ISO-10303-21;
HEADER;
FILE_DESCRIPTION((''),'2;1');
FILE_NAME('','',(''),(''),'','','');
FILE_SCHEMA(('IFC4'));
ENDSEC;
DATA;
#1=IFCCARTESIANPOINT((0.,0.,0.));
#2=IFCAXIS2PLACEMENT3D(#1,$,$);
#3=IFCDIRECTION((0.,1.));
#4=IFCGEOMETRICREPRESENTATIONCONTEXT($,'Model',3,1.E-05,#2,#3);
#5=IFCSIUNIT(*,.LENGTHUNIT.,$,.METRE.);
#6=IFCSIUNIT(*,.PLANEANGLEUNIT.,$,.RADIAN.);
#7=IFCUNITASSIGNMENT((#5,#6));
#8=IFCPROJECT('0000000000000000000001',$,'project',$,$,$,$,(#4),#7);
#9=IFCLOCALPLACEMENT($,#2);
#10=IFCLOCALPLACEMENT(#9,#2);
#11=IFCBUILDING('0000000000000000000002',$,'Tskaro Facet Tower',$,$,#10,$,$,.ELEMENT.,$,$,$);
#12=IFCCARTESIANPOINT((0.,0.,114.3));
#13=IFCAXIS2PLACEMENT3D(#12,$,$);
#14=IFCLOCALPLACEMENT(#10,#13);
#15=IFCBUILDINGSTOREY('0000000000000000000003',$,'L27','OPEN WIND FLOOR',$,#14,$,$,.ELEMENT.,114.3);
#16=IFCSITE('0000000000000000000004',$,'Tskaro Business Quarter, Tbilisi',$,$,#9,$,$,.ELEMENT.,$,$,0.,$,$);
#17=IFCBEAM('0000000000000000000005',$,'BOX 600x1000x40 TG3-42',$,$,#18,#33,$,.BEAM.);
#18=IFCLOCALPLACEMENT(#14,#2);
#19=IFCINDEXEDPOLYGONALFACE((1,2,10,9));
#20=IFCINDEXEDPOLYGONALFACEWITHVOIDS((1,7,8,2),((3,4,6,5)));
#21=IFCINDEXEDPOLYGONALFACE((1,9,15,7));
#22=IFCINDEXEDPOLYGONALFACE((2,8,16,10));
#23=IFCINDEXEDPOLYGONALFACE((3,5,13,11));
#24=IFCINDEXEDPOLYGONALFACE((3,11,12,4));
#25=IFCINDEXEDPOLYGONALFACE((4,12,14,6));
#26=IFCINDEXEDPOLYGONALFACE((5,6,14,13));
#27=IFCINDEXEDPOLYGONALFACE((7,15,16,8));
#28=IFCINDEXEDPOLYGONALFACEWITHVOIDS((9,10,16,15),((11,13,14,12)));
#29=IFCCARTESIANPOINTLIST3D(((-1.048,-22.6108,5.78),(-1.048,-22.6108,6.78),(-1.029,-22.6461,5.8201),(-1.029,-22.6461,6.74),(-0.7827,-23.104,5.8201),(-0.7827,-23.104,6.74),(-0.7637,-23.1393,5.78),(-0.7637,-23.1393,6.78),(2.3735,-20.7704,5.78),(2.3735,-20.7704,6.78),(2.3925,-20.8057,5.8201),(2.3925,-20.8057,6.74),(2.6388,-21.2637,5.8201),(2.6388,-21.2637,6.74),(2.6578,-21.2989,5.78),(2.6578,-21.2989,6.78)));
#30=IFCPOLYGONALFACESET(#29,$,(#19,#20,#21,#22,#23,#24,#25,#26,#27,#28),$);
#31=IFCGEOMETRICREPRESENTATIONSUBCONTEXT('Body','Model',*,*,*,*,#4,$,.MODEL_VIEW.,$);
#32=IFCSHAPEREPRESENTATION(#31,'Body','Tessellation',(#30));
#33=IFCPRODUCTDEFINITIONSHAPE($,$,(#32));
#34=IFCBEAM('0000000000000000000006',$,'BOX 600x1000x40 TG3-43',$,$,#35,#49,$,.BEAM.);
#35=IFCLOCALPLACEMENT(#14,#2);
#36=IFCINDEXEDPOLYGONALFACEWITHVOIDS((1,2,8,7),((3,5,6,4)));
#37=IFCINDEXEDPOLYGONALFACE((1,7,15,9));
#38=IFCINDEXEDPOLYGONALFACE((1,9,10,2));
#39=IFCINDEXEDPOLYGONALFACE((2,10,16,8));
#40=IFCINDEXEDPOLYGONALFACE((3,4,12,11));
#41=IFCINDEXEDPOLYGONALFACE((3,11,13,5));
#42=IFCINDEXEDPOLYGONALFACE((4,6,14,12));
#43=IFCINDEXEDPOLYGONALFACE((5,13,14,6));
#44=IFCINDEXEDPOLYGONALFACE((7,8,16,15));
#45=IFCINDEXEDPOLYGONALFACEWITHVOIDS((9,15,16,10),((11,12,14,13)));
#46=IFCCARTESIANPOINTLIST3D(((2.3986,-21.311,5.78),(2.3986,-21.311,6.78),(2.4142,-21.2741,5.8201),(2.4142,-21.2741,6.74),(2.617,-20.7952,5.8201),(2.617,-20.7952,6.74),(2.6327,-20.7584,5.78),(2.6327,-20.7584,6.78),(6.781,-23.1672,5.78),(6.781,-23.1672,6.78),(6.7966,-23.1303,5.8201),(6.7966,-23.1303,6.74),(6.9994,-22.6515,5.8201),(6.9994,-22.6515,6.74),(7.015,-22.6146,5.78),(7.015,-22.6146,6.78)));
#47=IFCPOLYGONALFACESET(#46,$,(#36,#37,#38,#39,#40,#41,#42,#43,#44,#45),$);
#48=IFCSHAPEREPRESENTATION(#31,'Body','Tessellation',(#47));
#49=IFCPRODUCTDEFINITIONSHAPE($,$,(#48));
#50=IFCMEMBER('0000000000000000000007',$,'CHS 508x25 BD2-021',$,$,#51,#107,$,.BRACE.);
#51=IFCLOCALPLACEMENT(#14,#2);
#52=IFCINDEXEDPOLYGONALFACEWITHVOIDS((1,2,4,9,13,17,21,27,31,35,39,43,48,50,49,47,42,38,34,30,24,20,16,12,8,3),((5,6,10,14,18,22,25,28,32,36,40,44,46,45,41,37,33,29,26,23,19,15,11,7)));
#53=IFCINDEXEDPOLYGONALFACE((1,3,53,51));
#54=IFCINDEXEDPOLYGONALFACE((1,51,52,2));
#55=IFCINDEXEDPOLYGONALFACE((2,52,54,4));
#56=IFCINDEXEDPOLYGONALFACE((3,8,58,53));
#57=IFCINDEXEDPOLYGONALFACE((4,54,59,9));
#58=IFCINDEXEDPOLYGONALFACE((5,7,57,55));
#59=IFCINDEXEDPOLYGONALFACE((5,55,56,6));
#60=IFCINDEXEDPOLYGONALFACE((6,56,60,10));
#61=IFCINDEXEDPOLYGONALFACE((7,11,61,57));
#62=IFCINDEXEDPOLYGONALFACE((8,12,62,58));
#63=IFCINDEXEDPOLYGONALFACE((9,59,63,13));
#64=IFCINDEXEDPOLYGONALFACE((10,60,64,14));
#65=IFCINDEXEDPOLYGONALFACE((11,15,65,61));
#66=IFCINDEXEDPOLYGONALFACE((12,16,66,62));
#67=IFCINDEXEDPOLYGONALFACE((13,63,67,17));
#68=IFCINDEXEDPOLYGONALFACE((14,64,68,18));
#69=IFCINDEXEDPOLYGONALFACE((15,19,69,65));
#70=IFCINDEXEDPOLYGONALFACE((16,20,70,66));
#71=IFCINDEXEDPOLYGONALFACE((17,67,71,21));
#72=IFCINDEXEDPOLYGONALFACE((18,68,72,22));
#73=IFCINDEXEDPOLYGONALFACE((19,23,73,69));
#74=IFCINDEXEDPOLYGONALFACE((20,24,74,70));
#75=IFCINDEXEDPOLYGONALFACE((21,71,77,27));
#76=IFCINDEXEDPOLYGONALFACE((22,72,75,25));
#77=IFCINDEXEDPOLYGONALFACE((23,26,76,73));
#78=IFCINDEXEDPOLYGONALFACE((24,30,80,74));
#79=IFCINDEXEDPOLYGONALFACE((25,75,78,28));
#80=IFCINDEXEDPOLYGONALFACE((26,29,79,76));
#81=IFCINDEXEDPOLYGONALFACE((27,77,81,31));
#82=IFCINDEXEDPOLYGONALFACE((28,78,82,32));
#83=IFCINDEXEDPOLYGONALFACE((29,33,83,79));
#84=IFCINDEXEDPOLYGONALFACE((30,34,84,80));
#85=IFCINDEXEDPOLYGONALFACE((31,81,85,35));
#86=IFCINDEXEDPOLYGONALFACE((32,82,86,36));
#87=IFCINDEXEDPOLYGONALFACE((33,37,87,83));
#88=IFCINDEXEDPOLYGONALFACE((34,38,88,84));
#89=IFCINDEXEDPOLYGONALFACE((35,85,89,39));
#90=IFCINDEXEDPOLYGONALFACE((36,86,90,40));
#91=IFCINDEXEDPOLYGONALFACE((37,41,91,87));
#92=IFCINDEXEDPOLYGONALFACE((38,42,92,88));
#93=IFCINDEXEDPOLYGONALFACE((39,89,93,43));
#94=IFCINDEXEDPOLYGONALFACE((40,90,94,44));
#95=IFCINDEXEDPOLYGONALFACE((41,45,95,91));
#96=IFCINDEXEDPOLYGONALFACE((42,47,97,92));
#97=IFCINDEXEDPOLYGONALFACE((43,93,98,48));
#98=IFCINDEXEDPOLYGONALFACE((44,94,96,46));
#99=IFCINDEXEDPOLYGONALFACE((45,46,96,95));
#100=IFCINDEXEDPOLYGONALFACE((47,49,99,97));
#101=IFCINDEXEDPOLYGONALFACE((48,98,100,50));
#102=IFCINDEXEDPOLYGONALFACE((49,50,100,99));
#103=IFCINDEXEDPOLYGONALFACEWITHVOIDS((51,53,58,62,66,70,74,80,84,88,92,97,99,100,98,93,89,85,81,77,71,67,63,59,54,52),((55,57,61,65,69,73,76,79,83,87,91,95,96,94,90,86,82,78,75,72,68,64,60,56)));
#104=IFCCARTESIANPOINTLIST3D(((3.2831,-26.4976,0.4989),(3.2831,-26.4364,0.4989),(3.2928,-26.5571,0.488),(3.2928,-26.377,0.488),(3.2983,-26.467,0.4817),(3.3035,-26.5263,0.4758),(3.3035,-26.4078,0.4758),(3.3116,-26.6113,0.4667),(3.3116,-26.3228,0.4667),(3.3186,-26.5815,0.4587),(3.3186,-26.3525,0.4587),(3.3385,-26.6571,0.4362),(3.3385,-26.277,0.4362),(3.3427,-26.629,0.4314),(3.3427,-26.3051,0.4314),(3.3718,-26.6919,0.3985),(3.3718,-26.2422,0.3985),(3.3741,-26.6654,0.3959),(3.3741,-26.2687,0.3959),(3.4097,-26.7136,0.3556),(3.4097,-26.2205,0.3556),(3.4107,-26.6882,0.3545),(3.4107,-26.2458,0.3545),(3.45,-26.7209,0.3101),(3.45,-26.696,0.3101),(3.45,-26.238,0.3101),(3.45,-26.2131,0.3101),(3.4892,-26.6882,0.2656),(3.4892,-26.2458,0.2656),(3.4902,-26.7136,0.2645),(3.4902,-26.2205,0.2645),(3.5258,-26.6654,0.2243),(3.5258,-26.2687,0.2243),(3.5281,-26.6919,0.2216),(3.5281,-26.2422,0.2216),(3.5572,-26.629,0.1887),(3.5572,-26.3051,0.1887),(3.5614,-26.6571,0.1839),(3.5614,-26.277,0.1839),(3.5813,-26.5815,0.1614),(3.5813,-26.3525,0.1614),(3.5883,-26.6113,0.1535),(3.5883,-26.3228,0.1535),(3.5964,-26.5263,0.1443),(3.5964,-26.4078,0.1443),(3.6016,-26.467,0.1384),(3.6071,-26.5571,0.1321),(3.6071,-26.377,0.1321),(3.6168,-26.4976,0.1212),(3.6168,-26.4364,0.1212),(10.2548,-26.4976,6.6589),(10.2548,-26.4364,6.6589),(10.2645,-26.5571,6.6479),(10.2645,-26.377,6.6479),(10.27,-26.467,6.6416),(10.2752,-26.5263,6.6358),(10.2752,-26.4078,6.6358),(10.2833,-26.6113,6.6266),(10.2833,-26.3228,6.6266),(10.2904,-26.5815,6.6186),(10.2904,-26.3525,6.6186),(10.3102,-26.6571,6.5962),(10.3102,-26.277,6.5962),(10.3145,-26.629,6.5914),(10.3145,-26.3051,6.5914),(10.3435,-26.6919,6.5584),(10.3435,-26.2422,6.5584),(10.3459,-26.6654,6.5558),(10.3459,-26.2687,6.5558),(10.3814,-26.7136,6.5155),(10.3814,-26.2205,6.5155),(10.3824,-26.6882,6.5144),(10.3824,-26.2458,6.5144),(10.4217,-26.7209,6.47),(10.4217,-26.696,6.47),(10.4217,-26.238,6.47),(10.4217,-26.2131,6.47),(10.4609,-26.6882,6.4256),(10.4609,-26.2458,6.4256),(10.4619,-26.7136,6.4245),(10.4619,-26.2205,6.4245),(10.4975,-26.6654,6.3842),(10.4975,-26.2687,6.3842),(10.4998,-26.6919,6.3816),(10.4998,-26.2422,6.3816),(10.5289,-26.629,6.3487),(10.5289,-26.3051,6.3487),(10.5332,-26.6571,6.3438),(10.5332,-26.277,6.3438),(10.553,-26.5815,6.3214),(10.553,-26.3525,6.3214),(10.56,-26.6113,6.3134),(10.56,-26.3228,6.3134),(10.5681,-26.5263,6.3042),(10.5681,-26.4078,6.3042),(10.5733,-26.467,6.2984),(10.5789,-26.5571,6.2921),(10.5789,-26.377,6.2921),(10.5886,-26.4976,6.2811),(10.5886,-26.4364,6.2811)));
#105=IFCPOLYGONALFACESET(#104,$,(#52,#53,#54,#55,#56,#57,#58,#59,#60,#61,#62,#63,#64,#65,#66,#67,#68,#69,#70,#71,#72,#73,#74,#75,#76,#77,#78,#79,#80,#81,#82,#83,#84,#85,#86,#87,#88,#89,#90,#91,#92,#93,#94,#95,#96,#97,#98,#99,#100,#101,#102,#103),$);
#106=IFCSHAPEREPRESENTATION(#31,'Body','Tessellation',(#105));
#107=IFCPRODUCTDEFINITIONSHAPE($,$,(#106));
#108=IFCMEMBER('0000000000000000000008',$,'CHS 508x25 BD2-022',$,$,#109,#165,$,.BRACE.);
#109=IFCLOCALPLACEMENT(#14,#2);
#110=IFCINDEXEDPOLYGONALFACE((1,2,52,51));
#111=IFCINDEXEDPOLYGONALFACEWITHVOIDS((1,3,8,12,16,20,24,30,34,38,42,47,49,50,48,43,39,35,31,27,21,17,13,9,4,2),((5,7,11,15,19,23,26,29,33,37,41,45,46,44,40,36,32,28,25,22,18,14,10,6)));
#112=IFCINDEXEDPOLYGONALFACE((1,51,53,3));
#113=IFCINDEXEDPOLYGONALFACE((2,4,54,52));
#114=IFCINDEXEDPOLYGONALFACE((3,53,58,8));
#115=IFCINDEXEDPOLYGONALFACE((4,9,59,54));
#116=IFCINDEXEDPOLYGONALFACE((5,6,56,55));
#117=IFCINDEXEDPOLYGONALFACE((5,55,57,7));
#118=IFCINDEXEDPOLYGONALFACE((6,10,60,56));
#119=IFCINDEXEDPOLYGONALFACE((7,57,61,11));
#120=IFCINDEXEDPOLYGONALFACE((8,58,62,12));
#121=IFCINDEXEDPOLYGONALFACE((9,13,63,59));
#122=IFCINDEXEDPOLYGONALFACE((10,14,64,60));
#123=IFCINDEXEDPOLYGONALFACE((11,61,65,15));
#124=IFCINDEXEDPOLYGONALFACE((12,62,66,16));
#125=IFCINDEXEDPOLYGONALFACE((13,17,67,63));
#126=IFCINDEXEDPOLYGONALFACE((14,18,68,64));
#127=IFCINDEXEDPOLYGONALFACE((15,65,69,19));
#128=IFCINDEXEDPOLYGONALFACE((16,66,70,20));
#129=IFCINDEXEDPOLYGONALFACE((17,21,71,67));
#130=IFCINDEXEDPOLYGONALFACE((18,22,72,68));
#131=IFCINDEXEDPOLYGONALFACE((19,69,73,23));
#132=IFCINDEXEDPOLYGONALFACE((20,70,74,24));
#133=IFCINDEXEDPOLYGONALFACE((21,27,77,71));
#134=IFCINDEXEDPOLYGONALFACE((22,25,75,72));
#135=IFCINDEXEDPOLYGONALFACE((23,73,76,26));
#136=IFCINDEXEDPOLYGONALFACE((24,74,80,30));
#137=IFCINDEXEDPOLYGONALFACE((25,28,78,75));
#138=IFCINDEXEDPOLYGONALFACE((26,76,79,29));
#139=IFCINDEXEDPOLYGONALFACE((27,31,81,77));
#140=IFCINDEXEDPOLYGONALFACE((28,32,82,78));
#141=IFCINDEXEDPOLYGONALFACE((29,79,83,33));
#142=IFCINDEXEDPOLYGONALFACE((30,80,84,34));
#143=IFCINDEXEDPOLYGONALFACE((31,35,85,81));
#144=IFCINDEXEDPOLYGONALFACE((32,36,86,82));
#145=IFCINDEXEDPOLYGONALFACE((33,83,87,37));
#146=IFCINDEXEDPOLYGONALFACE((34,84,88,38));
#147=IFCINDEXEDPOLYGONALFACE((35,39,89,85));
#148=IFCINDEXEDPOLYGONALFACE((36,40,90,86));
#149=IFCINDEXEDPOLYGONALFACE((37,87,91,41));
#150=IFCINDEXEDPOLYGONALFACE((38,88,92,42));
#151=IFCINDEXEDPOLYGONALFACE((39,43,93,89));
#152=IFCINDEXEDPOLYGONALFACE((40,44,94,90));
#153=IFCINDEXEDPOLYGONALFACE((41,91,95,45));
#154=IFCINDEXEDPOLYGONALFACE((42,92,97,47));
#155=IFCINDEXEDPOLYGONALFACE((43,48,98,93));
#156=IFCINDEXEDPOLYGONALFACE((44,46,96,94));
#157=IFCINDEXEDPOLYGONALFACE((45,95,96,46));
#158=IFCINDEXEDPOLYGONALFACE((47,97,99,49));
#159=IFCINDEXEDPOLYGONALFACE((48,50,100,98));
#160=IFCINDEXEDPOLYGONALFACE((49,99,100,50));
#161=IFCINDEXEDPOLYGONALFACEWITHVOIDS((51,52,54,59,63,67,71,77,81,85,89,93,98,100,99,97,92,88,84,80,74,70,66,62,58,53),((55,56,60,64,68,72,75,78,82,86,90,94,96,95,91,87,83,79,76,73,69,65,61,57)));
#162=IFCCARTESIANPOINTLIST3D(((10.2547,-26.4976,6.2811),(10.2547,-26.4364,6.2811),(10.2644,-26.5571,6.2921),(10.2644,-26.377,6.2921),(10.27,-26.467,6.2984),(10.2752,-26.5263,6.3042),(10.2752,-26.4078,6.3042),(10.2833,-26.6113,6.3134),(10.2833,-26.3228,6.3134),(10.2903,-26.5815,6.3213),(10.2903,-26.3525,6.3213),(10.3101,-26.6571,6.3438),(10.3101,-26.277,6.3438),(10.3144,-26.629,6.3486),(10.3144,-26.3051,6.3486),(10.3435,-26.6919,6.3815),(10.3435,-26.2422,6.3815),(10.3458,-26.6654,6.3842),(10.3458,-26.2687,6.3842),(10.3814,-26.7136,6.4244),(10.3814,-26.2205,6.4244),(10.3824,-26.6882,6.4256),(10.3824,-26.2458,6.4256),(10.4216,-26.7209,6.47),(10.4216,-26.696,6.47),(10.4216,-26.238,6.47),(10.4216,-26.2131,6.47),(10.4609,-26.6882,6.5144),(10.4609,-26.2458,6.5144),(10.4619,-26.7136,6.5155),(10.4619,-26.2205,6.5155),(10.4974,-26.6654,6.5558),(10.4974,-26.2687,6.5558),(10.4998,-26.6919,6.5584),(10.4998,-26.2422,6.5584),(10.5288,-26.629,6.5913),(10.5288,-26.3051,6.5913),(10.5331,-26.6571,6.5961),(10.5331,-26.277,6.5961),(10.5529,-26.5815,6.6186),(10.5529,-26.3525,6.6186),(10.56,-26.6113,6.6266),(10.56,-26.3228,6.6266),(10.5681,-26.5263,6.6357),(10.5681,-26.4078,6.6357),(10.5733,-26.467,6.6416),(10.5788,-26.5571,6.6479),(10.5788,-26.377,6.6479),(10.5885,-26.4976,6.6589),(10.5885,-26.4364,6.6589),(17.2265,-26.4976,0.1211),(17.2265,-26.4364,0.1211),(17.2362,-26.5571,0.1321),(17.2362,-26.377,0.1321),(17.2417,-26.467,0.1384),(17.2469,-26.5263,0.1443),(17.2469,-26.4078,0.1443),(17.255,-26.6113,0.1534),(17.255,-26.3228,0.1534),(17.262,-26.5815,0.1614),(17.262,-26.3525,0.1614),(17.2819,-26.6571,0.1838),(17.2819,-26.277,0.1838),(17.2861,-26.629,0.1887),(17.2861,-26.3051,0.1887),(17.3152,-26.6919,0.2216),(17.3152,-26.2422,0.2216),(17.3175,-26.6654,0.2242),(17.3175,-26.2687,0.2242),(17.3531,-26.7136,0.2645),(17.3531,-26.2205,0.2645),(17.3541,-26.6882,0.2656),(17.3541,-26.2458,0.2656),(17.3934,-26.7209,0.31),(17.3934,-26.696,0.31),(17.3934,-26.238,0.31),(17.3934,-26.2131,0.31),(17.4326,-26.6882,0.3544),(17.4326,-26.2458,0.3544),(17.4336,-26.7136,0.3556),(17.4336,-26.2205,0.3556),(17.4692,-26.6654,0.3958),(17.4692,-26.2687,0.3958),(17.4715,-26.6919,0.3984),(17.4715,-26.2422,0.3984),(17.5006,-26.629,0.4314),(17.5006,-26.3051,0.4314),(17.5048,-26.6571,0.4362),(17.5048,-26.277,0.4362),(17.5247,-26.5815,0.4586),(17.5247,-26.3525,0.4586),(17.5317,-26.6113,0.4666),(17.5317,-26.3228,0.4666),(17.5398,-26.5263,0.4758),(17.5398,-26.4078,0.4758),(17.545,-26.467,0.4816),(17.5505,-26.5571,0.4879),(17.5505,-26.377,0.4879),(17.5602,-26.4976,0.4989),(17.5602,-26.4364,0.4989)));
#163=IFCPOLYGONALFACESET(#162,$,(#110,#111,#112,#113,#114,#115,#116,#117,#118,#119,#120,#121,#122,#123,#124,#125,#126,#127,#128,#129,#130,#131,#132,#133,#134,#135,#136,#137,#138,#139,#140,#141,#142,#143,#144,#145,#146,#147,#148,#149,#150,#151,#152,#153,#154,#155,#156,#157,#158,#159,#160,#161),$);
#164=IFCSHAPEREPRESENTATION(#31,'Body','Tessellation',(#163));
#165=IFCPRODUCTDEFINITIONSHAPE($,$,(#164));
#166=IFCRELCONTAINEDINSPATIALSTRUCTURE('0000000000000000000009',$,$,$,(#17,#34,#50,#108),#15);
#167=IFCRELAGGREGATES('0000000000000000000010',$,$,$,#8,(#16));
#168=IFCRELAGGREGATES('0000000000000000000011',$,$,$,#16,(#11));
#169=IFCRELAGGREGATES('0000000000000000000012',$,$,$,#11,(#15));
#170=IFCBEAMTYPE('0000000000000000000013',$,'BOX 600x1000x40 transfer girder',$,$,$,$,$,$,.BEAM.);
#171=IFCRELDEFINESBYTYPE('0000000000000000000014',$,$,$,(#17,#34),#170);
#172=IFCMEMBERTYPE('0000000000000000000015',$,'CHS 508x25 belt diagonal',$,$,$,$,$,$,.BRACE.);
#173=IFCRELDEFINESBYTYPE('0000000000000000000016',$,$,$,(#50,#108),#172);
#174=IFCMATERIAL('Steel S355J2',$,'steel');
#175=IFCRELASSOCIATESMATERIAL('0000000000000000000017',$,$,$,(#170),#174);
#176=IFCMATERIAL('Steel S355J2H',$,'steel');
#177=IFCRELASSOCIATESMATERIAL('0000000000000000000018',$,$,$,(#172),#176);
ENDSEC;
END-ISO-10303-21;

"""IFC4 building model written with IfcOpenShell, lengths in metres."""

from ifc_helpers import new_model, si_unit, direction, frame, origin, origin_2d, place, context, subcontext, project, spatial, hollow_rectangle, hollow_circle, extrude, material, material_profile, profile_set, type_object, element, save


model = new_model("IFC4")

# Units and contexts
model_context = context("Model", 3, precision=1e-05, world=origin(), true_north=direction((0.0, 1.0)))
body_context = subcontext(model_context, "Body", "Model", "MODEL_VIEW")
ifc_project = project(units=[si_unit("LENGTHUNIT", "METRE"), si_unit("PLANEANGLEUNIT", "RADIAN")], contexts=[model_context])

# Site, building, storey
site_placement = place(None, origin())
site = spatial("IfcSite", under=ifc_project, at=site_placement, Name="Tskaro Business Quarter, Tbilisi", CompositionType="ELEMENT", RefElevation=0.0)
building_placement = place(site_placement, origin())
building = spatial("IfcBuilding", under=site, at=building_placement, Name="Tskaro Facet Tower", CompositionType="ELEMENT")
storey_placement = place(building_placement, frame((0.0, 0.0, 114.3)))
storey = spatial("IfcBuildingStorey", under=building, at=storey_placement, Name="L27", Description="OPEN WIND FLOOR", CompositionType="ELEMENT", Elevation=114.3)

# Shared definitions
ifc_material_1 = material(Name="Steel S355J2H", Category="steel")

# Beams
ifc_material_2 = material(Name="Steel S355J2", Category="steel")
ifc_material_profile_1 = material_profile(ifc_material_2, hollow_rectangle(XDim=0.6001, YDim=1.0, WallThickness=0.04, at=origin_2d()), Name="BOX 600x1000x40")
ifc_profile_set_1 = profile_set([ifc_material_profile_1], Name="Steel S355J2")
beam_type_1 = type_object("IfcBeamType", Name="BOX 600x1000x40 transfer girder", PredefinedType="BEAM", material=ifc_profile_set_1)
beam_1_placement = place(storey_placement, frame((2.5156, -21.0347, 6.28), z_axis=(-0.880681, -0.47371, 0.0), x_axis=(0.47371, -0.880681, 0.0)))
element("IfcBeam", 1, at=beam_1_placement, inside=storey, type_object=beam_type_1, Name="BOX 600x1000x40 TG3-42", PredefinedType="BEAM", context=body_context, shape_type="SweptSolid", body=[
    extrude(hollow_rectangle(XDim=0.6001, YDim=1.0, WallThickness=0.04, at=origin_2d()), origin(), (0.0, 0.0, 1.0), 3.885),
])
beam_2_placement = place(storey_placement, frame((2.5156, -21.0347, 6.28), z_axis=(0.920806, -0.390022, 0.0), x_axis=(0.390022, 0.920806, 0.0)))
element("IfcBeam", 2, at=beam_2_placement, inside=storey, type_object=beam_type_1, Name="BOX 600x1000x40 TG3-43", PredefinedType="BEAM", context=body_context, shape_type="SweptSolid", body=[
    extrude(hollow_rectangle(XDim=0.6001, YDim=1.0, WallThickness=0.04, at=origin_2d()), origin(), (0.0, 0.0, 1.0), 4.7593),
])

# Members
ifc_material_profile_2 = material_profile(ifc_material_1, hollow_circle(Radius=0.2539, WallThickness=0.0249, at=origin_2d()), Name="CHS 508x25")
ifc_profile_set_2 = profile_set([ifc_material_profile_2], Name="Steel S355J2H")
member_type_1 = type_object("IfcMemberType", Name="CHS 508x25 belt diagonal", PredefinedType="BRACE", material=ifc_profile_set_2)
for number, where, z_axis, x_axis, name in (
    (3, (3.45, -26.467, 0.3101), (0.749388, 0.0, 0.662131), (0.0, 1.0, 0.0), "CHS 508x25 BD2-021"),
    (4, (10.4216, -26.467, 6.47), (0.749388, 0.0, -0.662131), (0.0, 1.0, 0.0), "CHS 508x25 BD2-022"),
):
    element("IfcMember", number, at=place(storey_placement, frame(where, z_axis=z_axis, x_axis=x_axis)), inside=storey, type_object=member_type_1, Name=name, PredefinedType="BRACE", context=body_context, shape_type="SweptSolid", body=[
        extrude(hollow_circle(Radius=0.2539, WallThickness=0.0249, at=origin_2d()), origin(), (0.0, 0.0, 1.0), 9.3032),
    ])

save(model, "model.ifc")
